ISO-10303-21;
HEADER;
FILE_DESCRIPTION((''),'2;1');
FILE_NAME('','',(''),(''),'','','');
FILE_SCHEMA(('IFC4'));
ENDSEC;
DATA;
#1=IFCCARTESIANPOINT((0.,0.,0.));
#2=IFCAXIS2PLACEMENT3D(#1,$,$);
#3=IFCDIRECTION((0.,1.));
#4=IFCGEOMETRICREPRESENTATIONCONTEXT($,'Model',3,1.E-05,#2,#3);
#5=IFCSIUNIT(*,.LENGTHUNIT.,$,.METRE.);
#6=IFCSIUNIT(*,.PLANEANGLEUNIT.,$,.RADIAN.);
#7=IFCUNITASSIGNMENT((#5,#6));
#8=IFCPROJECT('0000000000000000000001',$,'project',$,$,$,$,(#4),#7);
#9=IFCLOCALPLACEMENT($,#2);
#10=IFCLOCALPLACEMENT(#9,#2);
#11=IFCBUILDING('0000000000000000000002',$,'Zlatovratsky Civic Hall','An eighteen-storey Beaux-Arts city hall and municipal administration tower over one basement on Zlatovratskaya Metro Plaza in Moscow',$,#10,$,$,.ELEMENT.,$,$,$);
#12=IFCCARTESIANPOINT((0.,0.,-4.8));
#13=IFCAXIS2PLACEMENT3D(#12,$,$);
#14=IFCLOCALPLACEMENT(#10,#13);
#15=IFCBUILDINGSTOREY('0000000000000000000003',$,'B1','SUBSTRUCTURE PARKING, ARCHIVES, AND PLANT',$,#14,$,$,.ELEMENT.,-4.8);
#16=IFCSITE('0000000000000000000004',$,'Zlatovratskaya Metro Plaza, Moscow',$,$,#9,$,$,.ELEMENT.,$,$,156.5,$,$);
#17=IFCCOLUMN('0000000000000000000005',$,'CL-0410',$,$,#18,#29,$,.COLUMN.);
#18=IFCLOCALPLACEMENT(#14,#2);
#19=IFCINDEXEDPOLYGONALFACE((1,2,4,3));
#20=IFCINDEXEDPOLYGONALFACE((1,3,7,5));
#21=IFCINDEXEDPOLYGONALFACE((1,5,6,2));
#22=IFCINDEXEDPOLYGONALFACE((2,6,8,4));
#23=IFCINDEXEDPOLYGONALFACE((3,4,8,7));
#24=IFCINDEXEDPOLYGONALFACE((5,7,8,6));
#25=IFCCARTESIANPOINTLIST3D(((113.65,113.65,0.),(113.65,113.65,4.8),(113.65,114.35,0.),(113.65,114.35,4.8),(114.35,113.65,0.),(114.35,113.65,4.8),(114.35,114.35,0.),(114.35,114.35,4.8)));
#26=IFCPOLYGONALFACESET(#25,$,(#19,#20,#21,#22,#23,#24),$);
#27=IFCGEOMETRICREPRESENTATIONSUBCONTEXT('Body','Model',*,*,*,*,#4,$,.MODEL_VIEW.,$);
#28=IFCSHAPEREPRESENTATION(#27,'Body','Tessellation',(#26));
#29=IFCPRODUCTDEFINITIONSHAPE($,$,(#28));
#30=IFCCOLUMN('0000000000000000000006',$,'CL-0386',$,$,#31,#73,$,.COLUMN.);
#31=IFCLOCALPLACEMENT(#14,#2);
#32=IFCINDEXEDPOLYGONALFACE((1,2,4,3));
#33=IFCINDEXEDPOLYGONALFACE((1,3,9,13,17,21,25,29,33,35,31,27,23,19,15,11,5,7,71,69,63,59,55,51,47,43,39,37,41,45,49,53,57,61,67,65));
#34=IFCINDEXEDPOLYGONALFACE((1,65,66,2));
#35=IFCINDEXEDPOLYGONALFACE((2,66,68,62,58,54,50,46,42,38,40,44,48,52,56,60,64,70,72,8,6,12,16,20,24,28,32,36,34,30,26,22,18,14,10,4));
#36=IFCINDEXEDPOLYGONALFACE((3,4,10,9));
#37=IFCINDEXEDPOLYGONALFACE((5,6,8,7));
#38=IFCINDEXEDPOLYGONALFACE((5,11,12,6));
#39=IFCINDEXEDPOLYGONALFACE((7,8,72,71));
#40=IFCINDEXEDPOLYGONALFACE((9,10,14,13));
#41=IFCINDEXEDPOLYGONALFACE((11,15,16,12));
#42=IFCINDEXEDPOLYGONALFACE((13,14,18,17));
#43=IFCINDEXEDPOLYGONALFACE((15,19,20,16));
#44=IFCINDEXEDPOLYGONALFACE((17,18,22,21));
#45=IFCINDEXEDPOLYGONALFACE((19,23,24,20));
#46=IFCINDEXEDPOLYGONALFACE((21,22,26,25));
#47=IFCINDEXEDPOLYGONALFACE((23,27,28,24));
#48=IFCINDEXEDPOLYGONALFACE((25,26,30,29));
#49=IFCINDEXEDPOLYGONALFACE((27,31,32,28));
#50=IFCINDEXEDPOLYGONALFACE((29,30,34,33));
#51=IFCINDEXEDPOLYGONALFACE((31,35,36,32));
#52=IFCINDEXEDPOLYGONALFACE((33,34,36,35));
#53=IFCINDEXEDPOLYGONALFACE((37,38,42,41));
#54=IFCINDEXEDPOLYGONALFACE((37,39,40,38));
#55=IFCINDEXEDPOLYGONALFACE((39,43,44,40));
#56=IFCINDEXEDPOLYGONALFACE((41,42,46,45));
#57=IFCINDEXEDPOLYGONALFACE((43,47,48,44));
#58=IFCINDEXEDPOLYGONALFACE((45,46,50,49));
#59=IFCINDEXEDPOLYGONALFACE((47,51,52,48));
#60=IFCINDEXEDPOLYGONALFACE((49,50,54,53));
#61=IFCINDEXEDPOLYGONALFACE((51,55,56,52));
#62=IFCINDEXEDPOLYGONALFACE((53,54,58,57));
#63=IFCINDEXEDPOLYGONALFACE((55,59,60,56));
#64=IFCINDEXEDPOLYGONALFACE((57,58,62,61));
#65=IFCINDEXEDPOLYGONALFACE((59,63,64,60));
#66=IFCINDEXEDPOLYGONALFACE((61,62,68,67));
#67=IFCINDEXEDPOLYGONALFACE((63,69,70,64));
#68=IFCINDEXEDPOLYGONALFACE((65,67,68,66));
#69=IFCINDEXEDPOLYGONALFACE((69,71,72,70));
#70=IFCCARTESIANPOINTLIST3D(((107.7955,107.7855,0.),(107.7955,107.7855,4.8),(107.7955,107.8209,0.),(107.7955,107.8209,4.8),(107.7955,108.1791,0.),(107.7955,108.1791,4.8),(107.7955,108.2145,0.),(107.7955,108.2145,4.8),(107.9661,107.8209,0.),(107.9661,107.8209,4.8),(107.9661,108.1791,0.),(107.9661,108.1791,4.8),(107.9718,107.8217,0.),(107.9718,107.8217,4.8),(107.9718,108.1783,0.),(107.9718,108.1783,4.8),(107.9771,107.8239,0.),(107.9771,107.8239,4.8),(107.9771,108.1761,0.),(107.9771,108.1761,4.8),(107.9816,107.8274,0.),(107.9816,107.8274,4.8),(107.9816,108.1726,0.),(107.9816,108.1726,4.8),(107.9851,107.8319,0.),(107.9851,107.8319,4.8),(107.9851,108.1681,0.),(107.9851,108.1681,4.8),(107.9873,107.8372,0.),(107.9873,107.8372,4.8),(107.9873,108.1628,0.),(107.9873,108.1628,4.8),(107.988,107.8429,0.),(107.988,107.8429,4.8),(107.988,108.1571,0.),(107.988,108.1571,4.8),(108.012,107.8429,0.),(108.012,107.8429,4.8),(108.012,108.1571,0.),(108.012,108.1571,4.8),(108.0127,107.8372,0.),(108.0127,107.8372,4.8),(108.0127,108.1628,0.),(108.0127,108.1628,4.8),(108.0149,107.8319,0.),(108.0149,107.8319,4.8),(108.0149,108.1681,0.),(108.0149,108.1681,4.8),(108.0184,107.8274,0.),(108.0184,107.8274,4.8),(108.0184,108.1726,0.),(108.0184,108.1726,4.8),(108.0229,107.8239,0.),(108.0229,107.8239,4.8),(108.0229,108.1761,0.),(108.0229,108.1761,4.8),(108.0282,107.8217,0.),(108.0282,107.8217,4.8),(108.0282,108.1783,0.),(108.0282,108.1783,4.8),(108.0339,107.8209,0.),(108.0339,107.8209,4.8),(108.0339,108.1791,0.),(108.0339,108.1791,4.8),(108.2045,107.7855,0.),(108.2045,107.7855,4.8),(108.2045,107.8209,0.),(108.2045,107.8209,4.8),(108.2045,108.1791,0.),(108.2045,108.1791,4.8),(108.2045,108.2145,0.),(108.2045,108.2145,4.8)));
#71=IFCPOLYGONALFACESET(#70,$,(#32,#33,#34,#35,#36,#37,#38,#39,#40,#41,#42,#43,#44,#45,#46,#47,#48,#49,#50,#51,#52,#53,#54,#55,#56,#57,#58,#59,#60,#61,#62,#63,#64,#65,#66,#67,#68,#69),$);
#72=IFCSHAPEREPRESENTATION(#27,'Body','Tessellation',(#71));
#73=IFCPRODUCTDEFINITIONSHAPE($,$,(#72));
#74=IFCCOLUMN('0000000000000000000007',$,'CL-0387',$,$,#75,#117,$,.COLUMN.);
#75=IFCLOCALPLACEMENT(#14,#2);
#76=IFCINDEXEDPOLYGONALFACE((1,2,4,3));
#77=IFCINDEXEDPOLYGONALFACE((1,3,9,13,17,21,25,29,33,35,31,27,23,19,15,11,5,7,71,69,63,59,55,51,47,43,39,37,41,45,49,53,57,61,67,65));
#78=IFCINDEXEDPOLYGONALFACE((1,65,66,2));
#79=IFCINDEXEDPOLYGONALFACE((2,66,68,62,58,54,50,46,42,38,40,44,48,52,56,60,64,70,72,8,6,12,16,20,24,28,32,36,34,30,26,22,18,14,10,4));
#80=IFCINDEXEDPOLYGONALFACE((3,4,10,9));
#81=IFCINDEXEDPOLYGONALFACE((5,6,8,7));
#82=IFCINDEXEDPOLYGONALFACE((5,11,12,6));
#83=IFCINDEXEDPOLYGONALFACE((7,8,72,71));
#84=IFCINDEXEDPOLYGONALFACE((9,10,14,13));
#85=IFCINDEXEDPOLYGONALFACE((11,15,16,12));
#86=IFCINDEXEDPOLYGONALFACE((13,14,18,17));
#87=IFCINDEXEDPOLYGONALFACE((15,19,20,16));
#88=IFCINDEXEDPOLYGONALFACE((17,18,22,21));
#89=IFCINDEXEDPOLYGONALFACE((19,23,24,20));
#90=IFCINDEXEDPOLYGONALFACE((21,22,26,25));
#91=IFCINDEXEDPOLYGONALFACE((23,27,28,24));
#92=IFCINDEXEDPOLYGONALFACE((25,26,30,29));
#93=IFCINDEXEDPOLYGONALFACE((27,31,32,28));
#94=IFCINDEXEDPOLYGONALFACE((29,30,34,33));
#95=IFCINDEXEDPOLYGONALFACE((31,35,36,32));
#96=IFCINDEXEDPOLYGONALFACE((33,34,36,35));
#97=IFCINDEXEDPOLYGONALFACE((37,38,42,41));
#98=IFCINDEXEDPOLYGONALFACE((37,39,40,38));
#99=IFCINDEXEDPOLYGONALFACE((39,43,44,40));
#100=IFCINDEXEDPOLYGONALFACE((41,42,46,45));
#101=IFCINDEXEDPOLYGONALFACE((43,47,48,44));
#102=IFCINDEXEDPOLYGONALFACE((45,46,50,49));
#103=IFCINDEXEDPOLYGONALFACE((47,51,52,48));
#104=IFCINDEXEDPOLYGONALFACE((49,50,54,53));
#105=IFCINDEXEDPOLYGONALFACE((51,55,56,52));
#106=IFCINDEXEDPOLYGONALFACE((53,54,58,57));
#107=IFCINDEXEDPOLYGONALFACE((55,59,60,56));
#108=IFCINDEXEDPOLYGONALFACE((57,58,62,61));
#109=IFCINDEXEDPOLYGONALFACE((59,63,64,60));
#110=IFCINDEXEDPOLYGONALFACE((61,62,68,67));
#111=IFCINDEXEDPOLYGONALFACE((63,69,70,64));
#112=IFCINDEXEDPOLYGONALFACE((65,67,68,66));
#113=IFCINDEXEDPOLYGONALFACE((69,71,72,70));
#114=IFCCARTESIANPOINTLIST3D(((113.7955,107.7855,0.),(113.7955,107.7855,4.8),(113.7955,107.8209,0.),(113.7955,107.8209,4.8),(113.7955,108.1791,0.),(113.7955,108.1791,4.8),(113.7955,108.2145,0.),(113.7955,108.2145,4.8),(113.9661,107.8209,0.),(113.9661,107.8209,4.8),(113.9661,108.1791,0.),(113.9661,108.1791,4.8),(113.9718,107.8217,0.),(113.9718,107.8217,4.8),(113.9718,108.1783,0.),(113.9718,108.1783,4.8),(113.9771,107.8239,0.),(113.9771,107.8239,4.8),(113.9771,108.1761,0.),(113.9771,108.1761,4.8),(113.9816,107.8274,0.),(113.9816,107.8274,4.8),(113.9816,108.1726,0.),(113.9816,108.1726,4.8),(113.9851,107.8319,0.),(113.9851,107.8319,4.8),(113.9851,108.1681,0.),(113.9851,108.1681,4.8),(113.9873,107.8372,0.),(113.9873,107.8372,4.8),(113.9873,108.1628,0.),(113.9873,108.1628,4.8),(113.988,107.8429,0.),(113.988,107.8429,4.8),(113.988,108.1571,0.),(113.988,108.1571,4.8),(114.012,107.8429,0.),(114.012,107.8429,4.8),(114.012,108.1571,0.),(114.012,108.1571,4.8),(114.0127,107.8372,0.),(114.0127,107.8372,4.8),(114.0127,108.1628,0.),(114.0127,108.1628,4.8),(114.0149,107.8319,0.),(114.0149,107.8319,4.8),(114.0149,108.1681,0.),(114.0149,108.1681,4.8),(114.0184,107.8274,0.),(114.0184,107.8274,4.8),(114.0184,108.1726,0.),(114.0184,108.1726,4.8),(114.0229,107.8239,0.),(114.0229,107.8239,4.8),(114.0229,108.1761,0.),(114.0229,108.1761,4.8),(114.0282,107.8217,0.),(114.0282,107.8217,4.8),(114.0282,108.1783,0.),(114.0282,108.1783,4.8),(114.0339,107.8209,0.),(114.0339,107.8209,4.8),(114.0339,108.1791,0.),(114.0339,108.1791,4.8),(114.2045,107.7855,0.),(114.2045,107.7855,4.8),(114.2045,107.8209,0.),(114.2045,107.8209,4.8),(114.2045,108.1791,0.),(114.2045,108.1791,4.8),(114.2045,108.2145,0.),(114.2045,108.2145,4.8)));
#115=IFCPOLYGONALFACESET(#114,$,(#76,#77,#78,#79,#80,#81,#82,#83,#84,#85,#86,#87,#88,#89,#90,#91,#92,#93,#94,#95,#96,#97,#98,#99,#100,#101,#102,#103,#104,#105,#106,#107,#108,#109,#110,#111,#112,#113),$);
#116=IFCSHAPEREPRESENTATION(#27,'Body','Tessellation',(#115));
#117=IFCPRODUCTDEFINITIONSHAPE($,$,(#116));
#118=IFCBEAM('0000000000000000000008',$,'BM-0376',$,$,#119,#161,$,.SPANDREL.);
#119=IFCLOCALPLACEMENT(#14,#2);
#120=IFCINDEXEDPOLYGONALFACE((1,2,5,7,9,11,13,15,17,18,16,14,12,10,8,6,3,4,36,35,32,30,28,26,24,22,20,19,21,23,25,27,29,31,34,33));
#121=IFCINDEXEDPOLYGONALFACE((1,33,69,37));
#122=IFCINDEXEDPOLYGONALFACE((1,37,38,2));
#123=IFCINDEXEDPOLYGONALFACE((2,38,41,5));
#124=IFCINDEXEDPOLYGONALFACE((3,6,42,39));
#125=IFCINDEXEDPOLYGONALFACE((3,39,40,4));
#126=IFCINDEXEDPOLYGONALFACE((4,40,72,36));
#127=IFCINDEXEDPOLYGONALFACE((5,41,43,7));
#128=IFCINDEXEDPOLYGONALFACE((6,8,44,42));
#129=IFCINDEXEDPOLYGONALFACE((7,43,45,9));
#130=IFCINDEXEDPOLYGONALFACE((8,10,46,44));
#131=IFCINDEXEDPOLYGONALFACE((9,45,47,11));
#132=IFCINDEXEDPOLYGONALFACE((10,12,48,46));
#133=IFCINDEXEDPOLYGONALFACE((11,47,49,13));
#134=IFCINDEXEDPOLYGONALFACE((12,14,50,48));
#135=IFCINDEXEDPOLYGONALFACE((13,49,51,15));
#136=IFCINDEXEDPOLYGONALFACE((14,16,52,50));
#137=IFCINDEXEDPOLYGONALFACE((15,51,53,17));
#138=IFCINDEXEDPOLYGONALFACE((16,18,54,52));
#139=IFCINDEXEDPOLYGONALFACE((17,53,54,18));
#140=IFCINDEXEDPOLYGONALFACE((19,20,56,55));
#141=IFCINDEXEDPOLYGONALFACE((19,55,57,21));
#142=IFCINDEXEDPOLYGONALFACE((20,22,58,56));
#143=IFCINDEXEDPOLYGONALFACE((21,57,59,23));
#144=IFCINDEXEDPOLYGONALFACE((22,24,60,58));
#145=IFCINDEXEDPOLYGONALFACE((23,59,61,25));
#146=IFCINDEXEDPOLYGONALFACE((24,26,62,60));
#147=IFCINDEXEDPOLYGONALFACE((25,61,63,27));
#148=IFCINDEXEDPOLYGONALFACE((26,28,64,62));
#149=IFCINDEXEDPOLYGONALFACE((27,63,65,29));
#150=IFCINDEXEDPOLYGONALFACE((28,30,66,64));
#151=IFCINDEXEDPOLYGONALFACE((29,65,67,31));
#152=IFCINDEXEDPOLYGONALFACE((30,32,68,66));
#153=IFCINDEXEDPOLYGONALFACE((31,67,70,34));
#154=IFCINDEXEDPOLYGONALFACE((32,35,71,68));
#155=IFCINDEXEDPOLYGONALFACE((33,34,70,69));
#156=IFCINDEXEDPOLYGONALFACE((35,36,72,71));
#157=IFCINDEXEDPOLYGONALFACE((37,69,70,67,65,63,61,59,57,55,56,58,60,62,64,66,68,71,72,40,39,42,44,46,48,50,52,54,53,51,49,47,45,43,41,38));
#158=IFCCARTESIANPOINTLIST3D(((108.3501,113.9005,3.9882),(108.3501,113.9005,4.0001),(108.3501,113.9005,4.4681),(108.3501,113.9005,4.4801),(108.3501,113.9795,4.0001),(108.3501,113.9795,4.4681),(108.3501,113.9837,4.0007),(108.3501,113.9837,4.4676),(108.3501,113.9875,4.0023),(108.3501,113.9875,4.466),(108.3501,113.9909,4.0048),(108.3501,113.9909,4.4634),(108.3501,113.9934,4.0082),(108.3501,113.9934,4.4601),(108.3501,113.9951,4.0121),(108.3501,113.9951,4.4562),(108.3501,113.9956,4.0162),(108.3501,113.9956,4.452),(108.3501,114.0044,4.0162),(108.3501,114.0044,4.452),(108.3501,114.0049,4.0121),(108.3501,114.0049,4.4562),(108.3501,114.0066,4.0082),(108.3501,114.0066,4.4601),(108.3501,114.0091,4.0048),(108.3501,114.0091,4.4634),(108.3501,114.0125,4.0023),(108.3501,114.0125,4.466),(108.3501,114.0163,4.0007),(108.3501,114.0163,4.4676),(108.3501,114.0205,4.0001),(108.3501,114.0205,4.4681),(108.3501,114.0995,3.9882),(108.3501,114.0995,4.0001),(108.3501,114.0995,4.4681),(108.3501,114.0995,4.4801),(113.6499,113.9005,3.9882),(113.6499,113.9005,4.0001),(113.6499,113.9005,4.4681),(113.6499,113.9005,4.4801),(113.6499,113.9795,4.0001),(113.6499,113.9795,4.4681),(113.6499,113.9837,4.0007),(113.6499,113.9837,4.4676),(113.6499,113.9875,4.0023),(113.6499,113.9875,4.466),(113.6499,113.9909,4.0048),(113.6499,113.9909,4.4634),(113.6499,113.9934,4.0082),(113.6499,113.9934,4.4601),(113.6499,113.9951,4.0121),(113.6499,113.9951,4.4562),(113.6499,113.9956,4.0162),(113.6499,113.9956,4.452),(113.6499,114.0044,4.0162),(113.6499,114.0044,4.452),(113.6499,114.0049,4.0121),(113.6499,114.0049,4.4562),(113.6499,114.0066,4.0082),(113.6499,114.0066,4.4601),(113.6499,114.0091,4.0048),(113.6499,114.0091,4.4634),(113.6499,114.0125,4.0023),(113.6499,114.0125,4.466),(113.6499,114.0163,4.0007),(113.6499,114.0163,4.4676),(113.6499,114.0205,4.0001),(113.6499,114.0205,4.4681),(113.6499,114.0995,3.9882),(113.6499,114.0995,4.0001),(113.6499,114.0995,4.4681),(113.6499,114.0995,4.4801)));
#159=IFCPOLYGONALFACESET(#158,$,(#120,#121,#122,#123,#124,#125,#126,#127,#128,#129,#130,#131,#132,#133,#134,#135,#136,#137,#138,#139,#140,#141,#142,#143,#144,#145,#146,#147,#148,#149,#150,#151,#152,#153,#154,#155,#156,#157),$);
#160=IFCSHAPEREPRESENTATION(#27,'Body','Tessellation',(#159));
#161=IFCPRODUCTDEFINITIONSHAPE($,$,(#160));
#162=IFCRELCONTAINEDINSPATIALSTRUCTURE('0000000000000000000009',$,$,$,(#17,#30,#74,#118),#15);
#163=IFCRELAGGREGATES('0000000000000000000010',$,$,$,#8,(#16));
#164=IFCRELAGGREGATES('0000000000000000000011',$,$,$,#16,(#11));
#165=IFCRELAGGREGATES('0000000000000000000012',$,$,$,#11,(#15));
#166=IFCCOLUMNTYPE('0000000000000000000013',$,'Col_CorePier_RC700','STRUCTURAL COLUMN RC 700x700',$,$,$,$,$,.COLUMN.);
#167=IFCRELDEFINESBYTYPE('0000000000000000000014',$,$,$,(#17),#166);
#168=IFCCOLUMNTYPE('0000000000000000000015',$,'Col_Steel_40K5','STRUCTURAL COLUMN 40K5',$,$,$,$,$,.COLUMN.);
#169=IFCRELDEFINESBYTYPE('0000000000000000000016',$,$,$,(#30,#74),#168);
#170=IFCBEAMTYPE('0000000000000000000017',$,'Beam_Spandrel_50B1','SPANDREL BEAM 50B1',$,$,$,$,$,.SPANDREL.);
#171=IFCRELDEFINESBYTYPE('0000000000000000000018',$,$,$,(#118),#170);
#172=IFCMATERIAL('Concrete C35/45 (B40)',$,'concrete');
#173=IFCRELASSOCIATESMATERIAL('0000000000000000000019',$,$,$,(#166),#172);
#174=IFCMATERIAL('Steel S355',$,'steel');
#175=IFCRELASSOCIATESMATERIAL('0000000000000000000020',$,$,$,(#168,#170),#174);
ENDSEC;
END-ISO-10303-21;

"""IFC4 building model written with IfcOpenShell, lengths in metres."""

from ifc_helpers import new_model, si_unit, direction, frame, origin, origin_2d, place, context, subcontext, project, spatial, rectangle, i_section, extrude, material, material_profile, profile_set, type_object, element, save


model = new_model("IFC4")

# Units and contexts
model_context = context("Model", 3, precision=1e-05, world=origin(), true_north=direction((0.0, 1.0)))
body_context = subcontext(model_context, "Body", "Model", "MODEL_VIEW")
ifc_project = project(units=[si_unit("LENGTHUNIT", "METRE"), si_unit("PLANEANGLEUNIT", "RADIAN")], contexts=[model_context])

# Site, building, storey
site_placement = place(None, origin())
site = spatial("IfcSite", under=ifc_project, at=site_placement, Name="Zlatovratskaya Metro Plaza, Moscow", CompositionType="ELEMENT", RefElevation=156.5)
building_placement = place(site_placement, origin())
building = spatial("IfcBuilding", under=site, at=building_placement, Name="Zlatovratsky Civic Hall", Description="An eighteen-storey Beaux-Arts city hall and municipal administration tower over one basement on Zlatovratskaya Metro Plaza in Moscow", CompositionType="ELEMENT")
storey_placement = place(building_placement, frame((0.0, 0.0, -4.8)))
storey = spatial("IfcBuildingStorey", under=building, at=storey_placement, Name="B1", Description="SUBSTRUCTURE PARKING, ARCHIVES, AND PLANT", CompositionType="ELEMENT", Elevation=-4.8)

# Columns
ifc_material_1 = material(Name="Concrete C35/45 (B40)", Category="concrete")
ifc_material_profile_1 = material_profile(ifc_material_1, rectangle(XDim=0.7, YDim=0.7, at=origin_2d()), Name="RC 700x700")
ifc_profile_set_1 = profile_set([ifc_material_profile_1], Name="Concrete C35/45 (B40)")
column_type_1 = type_object("IfcColumnType", Name="Col_CorePier_RC700", Description="STRUCTURAL COLUMN RC 700x700", PredefinedType="COLUMN", material=ifc_profile_set_1)
for number, where, z_axis, x_axis, name in (
    (1, (114.0, 114.0, 0.0), (0.0, 0.0, 1.0), (1.0, 0.0, 0.0), "CL-0410"),
):
    element("IfcColumn", number, at=place(storey_placement, frame(where, z_axis=z_axis, x_axis=x_axis)), inside=storey, type_object=column_type_1, Name=name, PredefinedType="COLUMN", context=body_context, shape_type="SweptSolid", body=[
        extrude(rectangle(XDim=0.7, YDim=0.7, at=origin_2d()), origin(), (0.0, 0.0, 1.0), 4.8),
    ])
ifc_material_2 = material(Name="Steel S355", Category="steel")
ifc_material_profile_2 = material_profile(ifc_material_2, i_section(OverallWidth=0.4089, OverallDepth=0.429, WebThickness=0.0239, FlangeThickness=0.0354, FilletRadius=0.022, at=origin_2d()), Name="40K5")
ifc_profile_set_2 = profile_set([ifc_material_profile_2], Name="Steel S355")
column_type_2 = type_object("IfcColumnType", Name="Col_Steel_40K5", Description="STRUCTURAL COLUMN 40K5", PredefinedType="COLUMN", material=ifc_profile_set_2)
for number, where, z_axis, x_axis, name in (
    (2, (108.0, 108.0, 0.0), (0.0, 0.0, 1.0), (1.0, 0.0, 0.0), "CL-0386"),
    (3, (114.0, 108.0, 0.0), (0.0, 0.0, 1.0), (1.0, 0.0, 0.0), "CL-0387"),
):
    element("IfcColumn", number, at=place(storey_placement, frame(where, z_axis=z_axis, x_axis=x_axis)), inside=storey, type_object=column_type_2, Name=name, PredefinedType="COLUMN", context=body_context, shape_type="SweptSolid", body=[
        extrude(i_section(OverallWidth=0.4089, OverallDepth=0.429, WebThickness=0.0239, FlangeThickness=0.0354, FilletRadius=0.022, at=origin_2d()), origin(), (0.0, 0.0, 1.0), 4.8),
    ])

# Beam
ifc_material_profile_3 = material_profile(ifc_material_2, i_section(OverallWidth=0.199, OverallDepth=0.4919, WebThickness=0.0088, FlangeThickness=0.012, FilletRadius=0.0161, at=origin_2d()), Name="50B1")
ifc_profile_set_3 = profile_set([ifc_material_profile_3], Name="Steel S355")
beam_type_1 = type_object("IfcBeamType", Name="Beam_Spandrel_50B1", Description="SPANDREL BEAM 50B1", PredefinedType="SPANDREL", material=ifc_profile_set_3)
for number, where, z_axis, x_axis, name in (
    (4, (108.3501, 114.0, 4.2341), (1.0, 0.0, 0.0), (0.0, 1.0, 0.0), "BM-0376"),
):
    element("IfcBeam", number, at=place(storey_placement, frame(where, z_axis=z_axis, x_axis=x_axis)), inside=storey, type_object=beam_type_1, Name=name, PredefinedType="SPANDREL", context=body_context, shape_type="SweptSolid", body=[
        extrude(i_section(OverallWidth=0.199, OverallDepth=0.4919, WebThickness=0.0088, FlangeThickness=0.012, FilletRadius=0.0161, at=origin_2d()), origin(), (0.0, 0.0, 1.0), 5.2998),
    ])

save(model, "model.ifc")
